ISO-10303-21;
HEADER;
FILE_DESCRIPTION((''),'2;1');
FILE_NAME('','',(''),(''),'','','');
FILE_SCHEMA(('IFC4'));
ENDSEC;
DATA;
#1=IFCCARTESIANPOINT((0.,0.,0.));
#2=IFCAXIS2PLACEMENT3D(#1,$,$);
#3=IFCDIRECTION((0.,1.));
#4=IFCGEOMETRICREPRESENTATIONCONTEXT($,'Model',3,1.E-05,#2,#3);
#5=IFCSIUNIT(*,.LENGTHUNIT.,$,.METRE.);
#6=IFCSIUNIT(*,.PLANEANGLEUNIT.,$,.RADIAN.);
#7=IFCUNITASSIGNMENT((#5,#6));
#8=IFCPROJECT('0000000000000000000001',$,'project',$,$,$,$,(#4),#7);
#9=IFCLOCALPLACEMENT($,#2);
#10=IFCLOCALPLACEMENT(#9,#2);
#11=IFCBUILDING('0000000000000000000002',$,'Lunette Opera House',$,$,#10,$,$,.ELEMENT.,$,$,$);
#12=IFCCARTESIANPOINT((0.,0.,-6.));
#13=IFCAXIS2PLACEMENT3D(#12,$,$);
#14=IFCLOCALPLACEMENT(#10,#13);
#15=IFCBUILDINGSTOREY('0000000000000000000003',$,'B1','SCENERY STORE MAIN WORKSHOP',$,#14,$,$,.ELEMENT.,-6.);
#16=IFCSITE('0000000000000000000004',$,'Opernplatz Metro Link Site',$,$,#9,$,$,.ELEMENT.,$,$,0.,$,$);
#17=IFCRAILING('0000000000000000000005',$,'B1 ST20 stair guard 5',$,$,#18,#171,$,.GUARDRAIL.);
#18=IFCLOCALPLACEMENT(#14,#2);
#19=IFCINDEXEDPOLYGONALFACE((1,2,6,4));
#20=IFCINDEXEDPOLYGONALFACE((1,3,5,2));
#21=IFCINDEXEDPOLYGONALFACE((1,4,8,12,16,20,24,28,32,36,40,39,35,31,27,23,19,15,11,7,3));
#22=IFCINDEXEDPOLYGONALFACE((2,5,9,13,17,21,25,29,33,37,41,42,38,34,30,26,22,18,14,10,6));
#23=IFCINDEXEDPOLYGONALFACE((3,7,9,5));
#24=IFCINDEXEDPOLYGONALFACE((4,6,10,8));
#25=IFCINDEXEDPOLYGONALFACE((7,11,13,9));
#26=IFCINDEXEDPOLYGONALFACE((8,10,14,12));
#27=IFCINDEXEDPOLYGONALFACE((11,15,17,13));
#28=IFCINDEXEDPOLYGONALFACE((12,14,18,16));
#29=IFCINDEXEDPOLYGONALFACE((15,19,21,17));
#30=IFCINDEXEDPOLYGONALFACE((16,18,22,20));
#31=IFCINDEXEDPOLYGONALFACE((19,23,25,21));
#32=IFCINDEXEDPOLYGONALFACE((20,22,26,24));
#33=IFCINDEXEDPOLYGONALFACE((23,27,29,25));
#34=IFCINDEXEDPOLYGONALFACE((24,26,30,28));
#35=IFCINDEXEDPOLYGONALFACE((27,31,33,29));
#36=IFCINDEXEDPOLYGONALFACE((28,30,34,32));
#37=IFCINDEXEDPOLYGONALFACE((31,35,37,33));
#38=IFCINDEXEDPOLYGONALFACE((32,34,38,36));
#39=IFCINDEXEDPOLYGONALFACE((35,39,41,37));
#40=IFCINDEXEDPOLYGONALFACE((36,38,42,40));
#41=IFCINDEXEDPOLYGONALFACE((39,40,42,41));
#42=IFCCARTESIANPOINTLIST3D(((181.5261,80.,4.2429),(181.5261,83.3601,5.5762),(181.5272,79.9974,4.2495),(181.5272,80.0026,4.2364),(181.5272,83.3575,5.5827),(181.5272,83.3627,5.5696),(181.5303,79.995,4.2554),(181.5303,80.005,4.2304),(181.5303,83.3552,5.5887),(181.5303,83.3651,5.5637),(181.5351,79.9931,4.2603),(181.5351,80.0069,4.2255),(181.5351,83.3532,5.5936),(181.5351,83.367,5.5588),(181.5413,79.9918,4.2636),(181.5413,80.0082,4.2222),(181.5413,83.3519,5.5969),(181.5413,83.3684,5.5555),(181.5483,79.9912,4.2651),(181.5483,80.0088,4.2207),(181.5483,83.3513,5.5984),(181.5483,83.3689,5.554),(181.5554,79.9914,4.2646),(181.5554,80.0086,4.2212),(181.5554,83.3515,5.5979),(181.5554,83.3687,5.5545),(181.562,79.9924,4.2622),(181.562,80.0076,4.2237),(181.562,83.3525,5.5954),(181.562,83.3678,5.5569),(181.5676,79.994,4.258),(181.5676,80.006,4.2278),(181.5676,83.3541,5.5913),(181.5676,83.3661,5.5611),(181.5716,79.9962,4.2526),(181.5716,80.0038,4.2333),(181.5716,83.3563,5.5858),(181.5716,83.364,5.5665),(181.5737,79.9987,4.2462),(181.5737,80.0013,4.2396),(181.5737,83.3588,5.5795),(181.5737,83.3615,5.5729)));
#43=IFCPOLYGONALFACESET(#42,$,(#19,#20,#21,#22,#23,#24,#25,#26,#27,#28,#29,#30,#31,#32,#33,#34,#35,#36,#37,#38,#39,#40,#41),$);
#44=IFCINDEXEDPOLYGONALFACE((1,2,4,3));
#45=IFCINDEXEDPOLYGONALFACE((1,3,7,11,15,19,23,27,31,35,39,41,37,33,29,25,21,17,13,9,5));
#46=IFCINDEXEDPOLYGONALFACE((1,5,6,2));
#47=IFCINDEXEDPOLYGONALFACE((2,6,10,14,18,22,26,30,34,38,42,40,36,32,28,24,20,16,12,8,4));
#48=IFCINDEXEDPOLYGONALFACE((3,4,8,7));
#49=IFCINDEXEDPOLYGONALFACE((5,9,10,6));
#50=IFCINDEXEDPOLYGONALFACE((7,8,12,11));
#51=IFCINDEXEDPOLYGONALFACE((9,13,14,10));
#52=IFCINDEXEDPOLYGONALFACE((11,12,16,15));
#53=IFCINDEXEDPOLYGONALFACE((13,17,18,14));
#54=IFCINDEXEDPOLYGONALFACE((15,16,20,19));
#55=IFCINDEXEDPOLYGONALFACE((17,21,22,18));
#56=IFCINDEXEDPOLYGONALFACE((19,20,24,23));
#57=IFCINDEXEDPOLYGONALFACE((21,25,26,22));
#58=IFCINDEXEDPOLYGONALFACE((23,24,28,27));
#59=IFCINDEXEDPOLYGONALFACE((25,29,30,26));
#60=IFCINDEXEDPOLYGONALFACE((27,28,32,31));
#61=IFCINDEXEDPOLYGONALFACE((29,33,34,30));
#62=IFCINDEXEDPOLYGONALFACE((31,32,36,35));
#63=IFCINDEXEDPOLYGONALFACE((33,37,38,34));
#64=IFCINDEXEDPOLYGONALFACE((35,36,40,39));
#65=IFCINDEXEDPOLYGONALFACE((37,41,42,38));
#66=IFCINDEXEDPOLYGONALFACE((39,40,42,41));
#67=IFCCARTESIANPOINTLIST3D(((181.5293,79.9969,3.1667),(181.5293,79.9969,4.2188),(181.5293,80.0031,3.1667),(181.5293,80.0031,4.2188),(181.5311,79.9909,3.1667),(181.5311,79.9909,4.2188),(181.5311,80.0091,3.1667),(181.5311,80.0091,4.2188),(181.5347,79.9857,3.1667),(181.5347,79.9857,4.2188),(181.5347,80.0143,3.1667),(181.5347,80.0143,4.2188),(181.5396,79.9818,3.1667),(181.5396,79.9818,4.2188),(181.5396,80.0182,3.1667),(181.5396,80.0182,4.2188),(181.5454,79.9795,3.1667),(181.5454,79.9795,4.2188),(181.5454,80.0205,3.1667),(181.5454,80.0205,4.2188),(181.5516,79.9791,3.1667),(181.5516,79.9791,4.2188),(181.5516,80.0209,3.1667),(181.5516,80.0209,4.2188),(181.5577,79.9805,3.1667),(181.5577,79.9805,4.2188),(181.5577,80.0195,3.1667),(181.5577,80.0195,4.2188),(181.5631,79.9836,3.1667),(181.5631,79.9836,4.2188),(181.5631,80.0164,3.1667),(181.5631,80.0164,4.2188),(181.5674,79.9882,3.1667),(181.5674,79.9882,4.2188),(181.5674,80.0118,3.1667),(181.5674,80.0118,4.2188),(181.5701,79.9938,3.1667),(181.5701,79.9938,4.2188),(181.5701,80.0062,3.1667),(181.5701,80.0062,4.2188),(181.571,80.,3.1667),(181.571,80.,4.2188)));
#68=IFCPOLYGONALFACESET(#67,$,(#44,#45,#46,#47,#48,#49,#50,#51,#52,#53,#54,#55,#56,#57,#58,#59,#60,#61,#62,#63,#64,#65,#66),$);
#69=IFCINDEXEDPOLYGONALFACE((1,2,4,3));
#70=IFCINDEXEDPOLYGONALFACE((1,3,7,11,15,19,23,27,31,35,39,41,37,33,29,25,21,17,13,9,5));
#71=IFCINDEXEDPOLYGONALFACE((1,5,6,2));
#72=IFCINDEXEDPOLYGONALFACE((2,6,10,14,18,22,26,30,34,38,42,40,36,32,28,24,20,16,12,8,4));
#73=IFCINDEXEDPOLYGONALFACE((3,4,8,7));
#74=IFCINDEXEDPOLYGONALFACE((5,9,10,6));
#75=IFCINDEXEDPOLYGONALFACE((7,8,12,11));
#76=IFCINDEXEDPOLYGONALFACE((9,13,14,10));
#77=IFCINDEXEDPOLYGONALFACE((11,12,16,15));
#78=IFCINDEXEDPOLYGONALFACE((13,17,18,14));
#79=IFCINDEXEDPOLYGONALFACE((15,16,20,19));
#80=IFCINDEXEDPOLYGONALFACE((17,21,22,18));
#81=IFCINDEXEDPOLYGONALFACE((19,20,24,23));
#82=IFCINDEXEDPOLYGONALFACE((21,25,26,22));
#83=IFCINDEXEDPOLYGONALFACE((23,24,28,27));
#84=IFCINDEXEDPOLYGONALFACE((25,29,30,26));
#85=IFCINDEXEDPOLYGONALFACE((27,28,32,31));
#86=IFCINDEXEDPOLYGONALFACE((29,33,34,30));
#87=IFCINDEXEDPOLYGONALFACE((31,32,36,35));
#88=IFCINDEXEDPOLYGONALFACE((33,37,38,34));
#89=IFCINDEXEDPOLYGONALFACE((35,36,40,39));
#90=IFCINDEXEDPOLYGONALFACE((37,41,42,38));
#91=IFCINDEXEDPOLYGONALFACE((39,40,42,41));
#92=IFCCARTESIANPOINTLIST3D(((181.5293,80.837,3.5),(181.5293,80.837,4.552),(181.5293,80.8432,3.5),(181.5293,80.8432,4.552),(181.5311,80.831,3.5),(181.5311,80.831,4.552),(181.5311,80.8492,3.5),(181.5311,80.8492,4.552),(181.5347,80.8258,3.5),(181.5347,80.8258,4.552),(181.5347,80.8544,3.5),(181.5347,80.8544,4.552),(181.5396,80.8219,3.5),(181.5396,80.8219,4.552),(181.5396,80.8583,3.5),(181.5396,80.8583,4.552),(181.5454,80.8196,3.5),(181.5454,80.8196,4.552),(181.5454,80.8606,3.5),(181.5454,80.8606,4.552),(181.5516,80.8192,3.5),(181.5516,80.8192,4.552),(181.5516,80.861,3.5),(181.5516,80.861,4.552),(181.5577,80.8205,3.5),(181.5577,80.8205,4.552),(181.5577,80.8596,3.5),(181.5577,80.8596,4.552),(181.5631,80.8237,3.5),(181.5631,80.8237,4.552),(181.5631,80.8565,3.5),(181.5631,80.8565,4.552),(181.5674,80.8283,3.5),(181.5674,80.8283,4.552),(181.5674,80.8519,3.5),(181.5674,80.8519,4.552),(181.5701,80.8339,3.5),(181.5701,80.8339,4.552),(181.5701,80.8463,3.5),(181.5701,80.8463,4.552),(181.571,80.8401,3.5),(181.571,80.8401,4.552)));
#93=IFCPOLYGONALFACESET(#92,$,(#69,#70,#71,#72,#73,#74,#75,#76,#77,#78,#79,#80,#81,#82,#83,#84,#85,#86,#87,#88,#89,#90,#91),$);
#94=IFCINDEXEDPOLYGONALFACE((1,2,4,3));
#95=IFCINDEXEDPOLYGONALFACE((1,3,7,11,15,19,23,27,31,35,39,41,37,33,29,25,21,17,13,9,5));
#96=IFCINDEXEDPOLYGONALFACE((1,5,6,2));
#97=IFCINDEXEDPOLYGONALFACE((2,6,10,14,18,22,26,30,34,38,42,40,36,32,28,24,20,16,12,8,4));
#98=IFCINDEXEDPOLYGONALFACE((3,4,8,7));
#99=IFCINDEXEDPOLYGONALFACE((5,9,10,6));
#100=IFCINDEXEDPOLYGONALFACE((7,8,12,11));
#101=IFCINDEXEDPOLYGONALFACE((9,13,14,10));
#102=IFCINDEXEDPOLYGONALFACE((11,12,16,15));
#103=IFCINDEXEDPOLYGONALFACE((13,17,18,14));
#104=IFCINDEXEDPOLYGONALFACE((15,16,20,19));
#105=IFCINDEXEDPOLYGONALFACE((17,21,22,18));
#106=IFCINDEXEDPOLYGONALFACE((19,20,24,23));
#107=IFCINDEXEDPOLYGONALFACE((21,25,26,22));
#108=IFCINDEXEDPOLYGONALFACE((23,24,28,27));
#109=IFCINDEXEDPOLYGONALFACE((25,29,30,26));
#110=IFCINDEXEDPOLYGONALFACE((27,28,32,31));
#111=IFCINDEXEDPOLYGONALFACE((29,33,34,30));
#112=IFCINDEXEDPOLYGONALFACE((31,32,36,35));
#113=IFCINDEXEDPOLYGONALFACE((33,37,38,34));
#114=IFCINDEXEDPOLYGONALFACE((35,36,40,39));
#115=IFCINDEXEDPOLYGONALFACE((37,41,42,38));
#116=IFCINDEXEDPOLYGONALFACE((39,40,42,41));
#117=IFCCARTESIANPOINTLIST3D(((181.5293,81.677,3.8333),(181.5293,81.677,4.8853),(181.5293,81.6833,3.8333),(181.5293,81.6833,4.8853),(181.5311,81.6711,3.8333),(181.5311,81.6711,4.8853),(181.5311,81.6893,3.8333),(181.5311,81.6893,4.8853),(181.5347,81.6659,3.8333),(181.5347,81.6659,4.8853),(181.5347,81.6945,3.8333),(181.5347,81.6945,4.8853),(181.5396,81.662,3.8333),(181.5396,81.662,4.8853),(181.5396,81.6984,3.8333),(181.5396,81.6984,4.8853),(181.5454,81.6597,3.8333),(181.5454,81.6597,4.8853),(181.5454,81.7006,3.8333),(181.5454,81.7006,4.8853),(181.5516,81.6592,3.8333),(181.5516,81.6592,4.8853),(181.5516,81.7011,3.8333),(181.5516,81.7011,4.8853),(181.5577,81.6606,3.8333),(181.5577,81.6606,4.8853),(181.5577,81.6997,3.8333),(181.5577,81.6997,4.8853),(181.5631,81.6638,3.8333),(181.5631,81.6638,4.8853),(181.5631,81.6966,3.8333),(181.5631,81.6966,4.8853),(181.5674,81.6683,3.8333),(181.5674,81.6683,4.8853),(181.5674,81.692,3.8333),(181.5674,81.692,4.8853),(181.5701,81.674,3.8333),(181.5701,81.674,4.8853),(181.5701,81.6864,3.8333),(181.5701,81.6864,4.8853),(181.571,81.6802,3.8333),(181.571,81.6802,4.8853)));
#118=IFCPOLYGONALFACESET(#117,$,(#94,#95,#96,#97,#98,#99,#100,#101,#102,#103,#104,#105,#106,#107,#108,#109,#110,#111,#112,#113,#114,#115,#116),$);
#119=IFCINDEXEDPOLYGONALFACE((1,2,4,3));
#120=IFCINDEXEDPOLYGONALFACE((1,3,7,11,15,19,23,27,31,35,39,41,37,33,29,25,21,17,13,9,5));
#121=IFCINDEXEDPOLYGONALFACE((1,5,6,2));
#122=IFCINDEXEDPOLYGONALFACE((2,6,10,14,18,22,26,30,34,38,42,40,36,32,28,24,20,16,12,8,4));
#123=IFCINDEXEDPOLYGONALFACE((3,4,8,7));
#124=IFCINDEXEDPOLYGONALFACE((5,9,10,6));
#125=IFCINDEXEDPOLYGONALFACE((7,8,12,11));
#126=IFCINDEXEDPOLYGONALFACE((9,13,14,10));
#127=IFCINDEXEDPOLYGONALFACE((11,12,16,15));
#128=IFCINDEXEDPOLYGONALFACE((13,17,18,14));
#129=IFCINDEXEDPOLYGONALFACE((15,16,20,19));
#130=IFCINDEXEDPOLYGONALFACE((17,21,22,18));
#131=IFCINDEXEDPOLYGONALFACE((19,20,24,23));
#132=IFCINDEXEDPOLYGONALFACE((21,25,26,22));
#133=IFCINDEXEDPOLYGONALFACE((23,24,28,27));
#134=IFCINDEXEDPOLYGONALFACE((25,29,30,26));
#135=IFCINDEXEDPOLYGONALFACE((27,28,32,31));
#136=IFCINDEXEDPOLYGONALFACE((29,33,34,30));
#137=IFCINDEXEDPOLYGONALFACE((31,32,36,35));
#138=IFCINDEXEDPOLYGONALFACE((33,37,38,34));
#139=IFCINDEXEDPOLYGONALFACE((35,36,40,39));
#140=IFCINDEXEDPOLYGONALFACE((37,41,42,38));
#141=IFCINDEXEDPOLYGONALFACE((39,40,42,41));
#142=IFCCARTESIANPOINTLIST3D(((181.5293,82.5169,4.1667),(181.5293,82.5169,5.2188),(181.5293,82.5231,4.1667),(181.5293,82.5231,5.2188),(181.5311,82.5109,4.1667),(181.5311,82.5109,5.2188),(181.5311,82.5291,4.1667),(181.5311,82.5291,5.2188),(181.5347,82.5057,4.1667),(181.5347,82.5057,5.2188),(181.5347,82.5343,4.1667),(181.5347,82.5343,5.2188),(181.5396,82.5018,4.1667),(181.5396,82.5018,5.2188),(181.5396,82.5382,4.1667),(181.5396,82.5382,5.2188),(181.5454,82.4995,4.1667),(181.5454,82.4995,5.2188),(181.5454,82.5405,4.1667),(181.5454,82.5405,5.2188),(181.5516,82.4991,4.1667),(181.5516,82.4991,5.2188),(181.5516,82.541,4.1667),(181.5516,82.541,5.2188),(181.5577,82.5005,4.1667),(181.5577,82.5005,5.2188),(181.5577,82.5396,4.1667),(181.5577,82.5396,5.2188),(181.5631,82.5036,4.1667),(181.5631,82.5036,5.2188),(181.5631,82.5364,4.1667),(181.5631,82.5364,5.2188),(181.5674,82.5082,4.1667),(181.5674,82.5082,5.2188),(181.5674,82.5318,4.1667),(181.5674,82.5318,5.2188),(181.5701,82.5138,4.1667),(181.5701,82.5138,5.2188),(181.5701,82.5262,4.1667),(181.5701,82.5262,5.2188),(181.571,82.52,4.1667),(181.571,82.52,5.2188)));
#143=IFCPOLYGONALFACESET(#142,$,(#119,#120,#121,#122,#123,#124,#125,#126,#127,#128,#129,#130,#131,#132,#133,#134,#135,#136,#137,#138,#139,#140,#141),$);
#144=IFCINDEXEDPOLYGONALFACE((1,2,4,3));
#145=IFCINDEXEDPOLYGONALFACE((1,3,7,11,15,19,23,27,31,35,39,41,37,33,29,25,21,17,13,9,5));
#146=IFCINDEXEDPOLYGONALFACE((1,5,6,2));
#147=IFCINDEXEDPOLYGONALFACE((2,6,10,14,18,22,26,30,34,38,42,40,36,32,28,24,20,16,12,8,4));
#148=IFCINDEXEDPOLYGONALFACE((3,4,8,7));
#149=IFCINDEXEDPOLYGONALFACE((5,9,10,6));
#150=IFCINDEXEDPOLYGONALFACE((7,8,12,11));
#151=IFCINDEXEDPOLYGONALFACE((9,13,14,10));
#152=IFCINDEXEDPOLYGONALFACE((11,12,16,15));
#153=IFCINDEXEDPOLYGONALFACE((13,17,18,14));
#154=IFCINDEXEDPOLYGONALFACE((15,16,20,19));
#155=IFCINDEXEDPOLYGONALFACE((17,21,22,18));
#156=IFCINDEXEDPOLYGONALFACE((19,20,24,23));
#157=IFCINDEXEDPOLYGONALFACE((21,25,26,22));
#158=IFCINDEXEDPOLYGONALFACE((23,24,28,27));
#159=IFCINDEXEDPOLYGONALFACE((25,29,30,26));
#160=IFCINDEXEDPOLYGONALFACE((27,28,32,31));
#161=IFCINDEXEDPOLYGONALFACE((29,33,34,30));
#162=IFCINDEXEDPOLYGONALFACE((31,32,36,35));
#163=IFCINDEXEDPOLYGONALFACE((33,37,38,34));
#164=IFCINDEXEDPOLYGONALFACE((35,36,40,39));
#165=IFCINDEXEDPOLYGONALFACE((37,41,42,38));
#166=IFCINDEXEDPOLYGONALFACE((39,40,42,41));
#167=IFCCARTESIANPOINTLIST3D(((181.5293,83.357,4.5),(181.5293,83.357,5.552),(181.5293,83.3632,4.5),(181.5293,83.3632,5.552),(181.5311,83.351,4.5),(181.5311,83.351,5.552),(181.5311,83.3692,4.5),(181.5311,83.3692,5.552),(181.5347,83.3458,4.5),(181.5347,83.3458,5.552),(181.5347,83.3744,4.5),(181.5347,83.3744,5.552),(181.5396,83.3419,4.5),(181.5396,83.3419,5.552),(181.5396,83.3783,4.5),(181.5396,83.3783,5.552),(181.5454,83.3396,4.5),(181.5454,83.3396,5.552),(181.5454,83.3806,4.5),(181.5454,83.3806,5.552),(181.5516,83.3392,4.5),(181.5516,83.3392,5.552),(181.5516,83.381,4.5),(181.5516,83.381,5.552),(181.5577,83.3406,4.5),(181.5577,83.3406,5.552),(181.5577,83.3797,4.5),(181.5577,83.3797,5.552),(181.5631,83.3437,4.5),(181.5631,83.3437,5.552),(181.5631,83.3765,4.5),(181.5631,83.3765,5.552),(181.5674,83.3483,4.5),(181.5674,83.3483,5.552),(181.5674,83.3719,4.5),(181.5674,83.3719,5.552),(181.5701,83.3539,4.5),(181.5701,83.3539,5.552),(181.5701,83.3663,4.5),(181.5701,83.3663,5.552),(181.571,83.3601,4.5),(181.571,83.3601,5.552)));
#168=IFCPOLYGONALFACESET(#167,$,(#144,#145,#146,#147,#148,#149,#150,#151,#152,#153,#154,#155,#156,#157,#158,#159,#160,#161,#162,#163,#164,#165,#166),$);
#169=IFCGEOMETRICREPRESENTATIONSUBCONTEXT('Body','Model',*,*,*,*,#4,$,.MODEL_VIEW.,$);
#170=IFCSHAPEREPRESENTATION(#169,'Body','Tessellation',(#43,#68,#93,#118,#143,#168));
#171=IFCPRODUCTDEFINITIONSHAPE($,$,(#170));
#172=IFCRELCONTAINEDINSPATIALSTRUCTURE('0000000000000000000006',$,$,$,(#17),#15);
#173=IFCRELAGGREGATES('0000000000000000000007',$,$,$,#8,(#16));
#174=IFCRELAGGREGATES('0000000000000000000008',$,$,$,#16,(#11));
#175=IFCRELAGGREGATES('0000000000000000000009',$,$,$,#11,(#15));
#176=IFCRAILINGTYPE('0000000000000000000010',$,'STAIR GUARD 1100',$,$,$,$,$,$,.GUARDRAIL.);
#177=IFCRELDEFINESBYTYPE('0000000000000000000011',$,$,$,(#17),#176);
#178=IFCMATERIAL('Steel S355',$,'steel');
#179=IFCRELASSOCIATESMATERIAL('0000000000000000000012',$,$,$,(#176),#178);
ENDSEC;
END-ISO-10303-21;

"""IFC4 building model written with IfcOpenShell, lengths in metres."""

from ifc_helpers import new_model, si_unit, direction, frame, origin, origin_2d, place, context, subcontext, project, spatial, circle, extrude, material, type_object, element, save


model = new_model("IFC4")

# Units and contexts
model_context = context("Model", 3, precision=1e-05, world=origin(), true_north=direction((0.0, 1.0)))
body_context = subcontext(model_context, "Body", "Model", "MODEL_VIEW")
ifc_project = project(units=[si_unit("LENGTHUNIT", "METRE"), si_unit("PLANEANGLEUNIT", "RADIAN")], contexts=[model_context])

# Site, building, storey
site_placement = place(None, origin())
site = spatial("IfcSite", under=ifc_project, at=site_placement, Name="Opernplatz Metro Link Site", CompositionType="ELEMENT", RefElevation=0.0)
building_placement = place(site_placement, origin())
building = spatial("IfcBuilding", under=site, at=building_placement, Name="Lunette Opera House", CompositionType="ELEMENT")
storey_placement = place(building_placement, frame((0.0, 0.0, -6.0)))
storey = spatial("IfcBuildingStorey", under=building, at=storey_placement, Name="B1", Description="SCENERY STORE MAIN WORKSHOP", CompositionType="ELEMENT", Elevation=-6.0)

# Railing
ifc_material_1 = material(Name="Steel S355", Category="steel")
railing_type_1 = type_object("IfcRailingType", Name="STAIR GUARD 1100", PredefinedType="GUARDRAIL", material=ifc_material_1)
railing_1_placement = place(storey_placement, frame((181.55, 80.0, 3.1667)))
element("IfcRailing", 1, at=railing_1_placement, inside=storey, type_object=railing_type_1, Name="B1 ST20 stair guard 5", PredefinedType="GUARDRAIL", context=body_context, shape_type="SweptSolid", body=[
    extrude(circle(Radius=0.0239, at=origin_2d()), frame((0.0, 0.0, 1.0762), z_axis=(0.0, 0.929502, 0.368816), x_axis=(-1.0, 0.0, 0.0)), (0.0, 0.0, 1.0), 3.615),
    extrude(circle(Radius=0.021, at=origin_2d()), origin(), (0.0, 0.0, 1.0), 1.052),
    extrude(circle(Radius=0.021, at=origin_2d()), frame((0.0, 0.8401, 0.3333)), (0.0, 0.0, 1.0), 1.052),
    extrude(circle(Radius=0.021, at=origin_2d()), frame((0.0, 1.6802, 0.6665)), (0.0, 0.0, 1.0), 1.052),
    extrude(circle(Radius=0.021, at=origin_2d()), frame((0.0, 2.52, 1.0)), (0.0, 0.0, 1.0), 1.052),
    extrude(circle(Radius=0.021, at=origin_2d()), frame((0.0, 3.3601, 1.3333)), (0.0, 0.0, 1.0), 1.052),
])

save(model, "model.ifc")
